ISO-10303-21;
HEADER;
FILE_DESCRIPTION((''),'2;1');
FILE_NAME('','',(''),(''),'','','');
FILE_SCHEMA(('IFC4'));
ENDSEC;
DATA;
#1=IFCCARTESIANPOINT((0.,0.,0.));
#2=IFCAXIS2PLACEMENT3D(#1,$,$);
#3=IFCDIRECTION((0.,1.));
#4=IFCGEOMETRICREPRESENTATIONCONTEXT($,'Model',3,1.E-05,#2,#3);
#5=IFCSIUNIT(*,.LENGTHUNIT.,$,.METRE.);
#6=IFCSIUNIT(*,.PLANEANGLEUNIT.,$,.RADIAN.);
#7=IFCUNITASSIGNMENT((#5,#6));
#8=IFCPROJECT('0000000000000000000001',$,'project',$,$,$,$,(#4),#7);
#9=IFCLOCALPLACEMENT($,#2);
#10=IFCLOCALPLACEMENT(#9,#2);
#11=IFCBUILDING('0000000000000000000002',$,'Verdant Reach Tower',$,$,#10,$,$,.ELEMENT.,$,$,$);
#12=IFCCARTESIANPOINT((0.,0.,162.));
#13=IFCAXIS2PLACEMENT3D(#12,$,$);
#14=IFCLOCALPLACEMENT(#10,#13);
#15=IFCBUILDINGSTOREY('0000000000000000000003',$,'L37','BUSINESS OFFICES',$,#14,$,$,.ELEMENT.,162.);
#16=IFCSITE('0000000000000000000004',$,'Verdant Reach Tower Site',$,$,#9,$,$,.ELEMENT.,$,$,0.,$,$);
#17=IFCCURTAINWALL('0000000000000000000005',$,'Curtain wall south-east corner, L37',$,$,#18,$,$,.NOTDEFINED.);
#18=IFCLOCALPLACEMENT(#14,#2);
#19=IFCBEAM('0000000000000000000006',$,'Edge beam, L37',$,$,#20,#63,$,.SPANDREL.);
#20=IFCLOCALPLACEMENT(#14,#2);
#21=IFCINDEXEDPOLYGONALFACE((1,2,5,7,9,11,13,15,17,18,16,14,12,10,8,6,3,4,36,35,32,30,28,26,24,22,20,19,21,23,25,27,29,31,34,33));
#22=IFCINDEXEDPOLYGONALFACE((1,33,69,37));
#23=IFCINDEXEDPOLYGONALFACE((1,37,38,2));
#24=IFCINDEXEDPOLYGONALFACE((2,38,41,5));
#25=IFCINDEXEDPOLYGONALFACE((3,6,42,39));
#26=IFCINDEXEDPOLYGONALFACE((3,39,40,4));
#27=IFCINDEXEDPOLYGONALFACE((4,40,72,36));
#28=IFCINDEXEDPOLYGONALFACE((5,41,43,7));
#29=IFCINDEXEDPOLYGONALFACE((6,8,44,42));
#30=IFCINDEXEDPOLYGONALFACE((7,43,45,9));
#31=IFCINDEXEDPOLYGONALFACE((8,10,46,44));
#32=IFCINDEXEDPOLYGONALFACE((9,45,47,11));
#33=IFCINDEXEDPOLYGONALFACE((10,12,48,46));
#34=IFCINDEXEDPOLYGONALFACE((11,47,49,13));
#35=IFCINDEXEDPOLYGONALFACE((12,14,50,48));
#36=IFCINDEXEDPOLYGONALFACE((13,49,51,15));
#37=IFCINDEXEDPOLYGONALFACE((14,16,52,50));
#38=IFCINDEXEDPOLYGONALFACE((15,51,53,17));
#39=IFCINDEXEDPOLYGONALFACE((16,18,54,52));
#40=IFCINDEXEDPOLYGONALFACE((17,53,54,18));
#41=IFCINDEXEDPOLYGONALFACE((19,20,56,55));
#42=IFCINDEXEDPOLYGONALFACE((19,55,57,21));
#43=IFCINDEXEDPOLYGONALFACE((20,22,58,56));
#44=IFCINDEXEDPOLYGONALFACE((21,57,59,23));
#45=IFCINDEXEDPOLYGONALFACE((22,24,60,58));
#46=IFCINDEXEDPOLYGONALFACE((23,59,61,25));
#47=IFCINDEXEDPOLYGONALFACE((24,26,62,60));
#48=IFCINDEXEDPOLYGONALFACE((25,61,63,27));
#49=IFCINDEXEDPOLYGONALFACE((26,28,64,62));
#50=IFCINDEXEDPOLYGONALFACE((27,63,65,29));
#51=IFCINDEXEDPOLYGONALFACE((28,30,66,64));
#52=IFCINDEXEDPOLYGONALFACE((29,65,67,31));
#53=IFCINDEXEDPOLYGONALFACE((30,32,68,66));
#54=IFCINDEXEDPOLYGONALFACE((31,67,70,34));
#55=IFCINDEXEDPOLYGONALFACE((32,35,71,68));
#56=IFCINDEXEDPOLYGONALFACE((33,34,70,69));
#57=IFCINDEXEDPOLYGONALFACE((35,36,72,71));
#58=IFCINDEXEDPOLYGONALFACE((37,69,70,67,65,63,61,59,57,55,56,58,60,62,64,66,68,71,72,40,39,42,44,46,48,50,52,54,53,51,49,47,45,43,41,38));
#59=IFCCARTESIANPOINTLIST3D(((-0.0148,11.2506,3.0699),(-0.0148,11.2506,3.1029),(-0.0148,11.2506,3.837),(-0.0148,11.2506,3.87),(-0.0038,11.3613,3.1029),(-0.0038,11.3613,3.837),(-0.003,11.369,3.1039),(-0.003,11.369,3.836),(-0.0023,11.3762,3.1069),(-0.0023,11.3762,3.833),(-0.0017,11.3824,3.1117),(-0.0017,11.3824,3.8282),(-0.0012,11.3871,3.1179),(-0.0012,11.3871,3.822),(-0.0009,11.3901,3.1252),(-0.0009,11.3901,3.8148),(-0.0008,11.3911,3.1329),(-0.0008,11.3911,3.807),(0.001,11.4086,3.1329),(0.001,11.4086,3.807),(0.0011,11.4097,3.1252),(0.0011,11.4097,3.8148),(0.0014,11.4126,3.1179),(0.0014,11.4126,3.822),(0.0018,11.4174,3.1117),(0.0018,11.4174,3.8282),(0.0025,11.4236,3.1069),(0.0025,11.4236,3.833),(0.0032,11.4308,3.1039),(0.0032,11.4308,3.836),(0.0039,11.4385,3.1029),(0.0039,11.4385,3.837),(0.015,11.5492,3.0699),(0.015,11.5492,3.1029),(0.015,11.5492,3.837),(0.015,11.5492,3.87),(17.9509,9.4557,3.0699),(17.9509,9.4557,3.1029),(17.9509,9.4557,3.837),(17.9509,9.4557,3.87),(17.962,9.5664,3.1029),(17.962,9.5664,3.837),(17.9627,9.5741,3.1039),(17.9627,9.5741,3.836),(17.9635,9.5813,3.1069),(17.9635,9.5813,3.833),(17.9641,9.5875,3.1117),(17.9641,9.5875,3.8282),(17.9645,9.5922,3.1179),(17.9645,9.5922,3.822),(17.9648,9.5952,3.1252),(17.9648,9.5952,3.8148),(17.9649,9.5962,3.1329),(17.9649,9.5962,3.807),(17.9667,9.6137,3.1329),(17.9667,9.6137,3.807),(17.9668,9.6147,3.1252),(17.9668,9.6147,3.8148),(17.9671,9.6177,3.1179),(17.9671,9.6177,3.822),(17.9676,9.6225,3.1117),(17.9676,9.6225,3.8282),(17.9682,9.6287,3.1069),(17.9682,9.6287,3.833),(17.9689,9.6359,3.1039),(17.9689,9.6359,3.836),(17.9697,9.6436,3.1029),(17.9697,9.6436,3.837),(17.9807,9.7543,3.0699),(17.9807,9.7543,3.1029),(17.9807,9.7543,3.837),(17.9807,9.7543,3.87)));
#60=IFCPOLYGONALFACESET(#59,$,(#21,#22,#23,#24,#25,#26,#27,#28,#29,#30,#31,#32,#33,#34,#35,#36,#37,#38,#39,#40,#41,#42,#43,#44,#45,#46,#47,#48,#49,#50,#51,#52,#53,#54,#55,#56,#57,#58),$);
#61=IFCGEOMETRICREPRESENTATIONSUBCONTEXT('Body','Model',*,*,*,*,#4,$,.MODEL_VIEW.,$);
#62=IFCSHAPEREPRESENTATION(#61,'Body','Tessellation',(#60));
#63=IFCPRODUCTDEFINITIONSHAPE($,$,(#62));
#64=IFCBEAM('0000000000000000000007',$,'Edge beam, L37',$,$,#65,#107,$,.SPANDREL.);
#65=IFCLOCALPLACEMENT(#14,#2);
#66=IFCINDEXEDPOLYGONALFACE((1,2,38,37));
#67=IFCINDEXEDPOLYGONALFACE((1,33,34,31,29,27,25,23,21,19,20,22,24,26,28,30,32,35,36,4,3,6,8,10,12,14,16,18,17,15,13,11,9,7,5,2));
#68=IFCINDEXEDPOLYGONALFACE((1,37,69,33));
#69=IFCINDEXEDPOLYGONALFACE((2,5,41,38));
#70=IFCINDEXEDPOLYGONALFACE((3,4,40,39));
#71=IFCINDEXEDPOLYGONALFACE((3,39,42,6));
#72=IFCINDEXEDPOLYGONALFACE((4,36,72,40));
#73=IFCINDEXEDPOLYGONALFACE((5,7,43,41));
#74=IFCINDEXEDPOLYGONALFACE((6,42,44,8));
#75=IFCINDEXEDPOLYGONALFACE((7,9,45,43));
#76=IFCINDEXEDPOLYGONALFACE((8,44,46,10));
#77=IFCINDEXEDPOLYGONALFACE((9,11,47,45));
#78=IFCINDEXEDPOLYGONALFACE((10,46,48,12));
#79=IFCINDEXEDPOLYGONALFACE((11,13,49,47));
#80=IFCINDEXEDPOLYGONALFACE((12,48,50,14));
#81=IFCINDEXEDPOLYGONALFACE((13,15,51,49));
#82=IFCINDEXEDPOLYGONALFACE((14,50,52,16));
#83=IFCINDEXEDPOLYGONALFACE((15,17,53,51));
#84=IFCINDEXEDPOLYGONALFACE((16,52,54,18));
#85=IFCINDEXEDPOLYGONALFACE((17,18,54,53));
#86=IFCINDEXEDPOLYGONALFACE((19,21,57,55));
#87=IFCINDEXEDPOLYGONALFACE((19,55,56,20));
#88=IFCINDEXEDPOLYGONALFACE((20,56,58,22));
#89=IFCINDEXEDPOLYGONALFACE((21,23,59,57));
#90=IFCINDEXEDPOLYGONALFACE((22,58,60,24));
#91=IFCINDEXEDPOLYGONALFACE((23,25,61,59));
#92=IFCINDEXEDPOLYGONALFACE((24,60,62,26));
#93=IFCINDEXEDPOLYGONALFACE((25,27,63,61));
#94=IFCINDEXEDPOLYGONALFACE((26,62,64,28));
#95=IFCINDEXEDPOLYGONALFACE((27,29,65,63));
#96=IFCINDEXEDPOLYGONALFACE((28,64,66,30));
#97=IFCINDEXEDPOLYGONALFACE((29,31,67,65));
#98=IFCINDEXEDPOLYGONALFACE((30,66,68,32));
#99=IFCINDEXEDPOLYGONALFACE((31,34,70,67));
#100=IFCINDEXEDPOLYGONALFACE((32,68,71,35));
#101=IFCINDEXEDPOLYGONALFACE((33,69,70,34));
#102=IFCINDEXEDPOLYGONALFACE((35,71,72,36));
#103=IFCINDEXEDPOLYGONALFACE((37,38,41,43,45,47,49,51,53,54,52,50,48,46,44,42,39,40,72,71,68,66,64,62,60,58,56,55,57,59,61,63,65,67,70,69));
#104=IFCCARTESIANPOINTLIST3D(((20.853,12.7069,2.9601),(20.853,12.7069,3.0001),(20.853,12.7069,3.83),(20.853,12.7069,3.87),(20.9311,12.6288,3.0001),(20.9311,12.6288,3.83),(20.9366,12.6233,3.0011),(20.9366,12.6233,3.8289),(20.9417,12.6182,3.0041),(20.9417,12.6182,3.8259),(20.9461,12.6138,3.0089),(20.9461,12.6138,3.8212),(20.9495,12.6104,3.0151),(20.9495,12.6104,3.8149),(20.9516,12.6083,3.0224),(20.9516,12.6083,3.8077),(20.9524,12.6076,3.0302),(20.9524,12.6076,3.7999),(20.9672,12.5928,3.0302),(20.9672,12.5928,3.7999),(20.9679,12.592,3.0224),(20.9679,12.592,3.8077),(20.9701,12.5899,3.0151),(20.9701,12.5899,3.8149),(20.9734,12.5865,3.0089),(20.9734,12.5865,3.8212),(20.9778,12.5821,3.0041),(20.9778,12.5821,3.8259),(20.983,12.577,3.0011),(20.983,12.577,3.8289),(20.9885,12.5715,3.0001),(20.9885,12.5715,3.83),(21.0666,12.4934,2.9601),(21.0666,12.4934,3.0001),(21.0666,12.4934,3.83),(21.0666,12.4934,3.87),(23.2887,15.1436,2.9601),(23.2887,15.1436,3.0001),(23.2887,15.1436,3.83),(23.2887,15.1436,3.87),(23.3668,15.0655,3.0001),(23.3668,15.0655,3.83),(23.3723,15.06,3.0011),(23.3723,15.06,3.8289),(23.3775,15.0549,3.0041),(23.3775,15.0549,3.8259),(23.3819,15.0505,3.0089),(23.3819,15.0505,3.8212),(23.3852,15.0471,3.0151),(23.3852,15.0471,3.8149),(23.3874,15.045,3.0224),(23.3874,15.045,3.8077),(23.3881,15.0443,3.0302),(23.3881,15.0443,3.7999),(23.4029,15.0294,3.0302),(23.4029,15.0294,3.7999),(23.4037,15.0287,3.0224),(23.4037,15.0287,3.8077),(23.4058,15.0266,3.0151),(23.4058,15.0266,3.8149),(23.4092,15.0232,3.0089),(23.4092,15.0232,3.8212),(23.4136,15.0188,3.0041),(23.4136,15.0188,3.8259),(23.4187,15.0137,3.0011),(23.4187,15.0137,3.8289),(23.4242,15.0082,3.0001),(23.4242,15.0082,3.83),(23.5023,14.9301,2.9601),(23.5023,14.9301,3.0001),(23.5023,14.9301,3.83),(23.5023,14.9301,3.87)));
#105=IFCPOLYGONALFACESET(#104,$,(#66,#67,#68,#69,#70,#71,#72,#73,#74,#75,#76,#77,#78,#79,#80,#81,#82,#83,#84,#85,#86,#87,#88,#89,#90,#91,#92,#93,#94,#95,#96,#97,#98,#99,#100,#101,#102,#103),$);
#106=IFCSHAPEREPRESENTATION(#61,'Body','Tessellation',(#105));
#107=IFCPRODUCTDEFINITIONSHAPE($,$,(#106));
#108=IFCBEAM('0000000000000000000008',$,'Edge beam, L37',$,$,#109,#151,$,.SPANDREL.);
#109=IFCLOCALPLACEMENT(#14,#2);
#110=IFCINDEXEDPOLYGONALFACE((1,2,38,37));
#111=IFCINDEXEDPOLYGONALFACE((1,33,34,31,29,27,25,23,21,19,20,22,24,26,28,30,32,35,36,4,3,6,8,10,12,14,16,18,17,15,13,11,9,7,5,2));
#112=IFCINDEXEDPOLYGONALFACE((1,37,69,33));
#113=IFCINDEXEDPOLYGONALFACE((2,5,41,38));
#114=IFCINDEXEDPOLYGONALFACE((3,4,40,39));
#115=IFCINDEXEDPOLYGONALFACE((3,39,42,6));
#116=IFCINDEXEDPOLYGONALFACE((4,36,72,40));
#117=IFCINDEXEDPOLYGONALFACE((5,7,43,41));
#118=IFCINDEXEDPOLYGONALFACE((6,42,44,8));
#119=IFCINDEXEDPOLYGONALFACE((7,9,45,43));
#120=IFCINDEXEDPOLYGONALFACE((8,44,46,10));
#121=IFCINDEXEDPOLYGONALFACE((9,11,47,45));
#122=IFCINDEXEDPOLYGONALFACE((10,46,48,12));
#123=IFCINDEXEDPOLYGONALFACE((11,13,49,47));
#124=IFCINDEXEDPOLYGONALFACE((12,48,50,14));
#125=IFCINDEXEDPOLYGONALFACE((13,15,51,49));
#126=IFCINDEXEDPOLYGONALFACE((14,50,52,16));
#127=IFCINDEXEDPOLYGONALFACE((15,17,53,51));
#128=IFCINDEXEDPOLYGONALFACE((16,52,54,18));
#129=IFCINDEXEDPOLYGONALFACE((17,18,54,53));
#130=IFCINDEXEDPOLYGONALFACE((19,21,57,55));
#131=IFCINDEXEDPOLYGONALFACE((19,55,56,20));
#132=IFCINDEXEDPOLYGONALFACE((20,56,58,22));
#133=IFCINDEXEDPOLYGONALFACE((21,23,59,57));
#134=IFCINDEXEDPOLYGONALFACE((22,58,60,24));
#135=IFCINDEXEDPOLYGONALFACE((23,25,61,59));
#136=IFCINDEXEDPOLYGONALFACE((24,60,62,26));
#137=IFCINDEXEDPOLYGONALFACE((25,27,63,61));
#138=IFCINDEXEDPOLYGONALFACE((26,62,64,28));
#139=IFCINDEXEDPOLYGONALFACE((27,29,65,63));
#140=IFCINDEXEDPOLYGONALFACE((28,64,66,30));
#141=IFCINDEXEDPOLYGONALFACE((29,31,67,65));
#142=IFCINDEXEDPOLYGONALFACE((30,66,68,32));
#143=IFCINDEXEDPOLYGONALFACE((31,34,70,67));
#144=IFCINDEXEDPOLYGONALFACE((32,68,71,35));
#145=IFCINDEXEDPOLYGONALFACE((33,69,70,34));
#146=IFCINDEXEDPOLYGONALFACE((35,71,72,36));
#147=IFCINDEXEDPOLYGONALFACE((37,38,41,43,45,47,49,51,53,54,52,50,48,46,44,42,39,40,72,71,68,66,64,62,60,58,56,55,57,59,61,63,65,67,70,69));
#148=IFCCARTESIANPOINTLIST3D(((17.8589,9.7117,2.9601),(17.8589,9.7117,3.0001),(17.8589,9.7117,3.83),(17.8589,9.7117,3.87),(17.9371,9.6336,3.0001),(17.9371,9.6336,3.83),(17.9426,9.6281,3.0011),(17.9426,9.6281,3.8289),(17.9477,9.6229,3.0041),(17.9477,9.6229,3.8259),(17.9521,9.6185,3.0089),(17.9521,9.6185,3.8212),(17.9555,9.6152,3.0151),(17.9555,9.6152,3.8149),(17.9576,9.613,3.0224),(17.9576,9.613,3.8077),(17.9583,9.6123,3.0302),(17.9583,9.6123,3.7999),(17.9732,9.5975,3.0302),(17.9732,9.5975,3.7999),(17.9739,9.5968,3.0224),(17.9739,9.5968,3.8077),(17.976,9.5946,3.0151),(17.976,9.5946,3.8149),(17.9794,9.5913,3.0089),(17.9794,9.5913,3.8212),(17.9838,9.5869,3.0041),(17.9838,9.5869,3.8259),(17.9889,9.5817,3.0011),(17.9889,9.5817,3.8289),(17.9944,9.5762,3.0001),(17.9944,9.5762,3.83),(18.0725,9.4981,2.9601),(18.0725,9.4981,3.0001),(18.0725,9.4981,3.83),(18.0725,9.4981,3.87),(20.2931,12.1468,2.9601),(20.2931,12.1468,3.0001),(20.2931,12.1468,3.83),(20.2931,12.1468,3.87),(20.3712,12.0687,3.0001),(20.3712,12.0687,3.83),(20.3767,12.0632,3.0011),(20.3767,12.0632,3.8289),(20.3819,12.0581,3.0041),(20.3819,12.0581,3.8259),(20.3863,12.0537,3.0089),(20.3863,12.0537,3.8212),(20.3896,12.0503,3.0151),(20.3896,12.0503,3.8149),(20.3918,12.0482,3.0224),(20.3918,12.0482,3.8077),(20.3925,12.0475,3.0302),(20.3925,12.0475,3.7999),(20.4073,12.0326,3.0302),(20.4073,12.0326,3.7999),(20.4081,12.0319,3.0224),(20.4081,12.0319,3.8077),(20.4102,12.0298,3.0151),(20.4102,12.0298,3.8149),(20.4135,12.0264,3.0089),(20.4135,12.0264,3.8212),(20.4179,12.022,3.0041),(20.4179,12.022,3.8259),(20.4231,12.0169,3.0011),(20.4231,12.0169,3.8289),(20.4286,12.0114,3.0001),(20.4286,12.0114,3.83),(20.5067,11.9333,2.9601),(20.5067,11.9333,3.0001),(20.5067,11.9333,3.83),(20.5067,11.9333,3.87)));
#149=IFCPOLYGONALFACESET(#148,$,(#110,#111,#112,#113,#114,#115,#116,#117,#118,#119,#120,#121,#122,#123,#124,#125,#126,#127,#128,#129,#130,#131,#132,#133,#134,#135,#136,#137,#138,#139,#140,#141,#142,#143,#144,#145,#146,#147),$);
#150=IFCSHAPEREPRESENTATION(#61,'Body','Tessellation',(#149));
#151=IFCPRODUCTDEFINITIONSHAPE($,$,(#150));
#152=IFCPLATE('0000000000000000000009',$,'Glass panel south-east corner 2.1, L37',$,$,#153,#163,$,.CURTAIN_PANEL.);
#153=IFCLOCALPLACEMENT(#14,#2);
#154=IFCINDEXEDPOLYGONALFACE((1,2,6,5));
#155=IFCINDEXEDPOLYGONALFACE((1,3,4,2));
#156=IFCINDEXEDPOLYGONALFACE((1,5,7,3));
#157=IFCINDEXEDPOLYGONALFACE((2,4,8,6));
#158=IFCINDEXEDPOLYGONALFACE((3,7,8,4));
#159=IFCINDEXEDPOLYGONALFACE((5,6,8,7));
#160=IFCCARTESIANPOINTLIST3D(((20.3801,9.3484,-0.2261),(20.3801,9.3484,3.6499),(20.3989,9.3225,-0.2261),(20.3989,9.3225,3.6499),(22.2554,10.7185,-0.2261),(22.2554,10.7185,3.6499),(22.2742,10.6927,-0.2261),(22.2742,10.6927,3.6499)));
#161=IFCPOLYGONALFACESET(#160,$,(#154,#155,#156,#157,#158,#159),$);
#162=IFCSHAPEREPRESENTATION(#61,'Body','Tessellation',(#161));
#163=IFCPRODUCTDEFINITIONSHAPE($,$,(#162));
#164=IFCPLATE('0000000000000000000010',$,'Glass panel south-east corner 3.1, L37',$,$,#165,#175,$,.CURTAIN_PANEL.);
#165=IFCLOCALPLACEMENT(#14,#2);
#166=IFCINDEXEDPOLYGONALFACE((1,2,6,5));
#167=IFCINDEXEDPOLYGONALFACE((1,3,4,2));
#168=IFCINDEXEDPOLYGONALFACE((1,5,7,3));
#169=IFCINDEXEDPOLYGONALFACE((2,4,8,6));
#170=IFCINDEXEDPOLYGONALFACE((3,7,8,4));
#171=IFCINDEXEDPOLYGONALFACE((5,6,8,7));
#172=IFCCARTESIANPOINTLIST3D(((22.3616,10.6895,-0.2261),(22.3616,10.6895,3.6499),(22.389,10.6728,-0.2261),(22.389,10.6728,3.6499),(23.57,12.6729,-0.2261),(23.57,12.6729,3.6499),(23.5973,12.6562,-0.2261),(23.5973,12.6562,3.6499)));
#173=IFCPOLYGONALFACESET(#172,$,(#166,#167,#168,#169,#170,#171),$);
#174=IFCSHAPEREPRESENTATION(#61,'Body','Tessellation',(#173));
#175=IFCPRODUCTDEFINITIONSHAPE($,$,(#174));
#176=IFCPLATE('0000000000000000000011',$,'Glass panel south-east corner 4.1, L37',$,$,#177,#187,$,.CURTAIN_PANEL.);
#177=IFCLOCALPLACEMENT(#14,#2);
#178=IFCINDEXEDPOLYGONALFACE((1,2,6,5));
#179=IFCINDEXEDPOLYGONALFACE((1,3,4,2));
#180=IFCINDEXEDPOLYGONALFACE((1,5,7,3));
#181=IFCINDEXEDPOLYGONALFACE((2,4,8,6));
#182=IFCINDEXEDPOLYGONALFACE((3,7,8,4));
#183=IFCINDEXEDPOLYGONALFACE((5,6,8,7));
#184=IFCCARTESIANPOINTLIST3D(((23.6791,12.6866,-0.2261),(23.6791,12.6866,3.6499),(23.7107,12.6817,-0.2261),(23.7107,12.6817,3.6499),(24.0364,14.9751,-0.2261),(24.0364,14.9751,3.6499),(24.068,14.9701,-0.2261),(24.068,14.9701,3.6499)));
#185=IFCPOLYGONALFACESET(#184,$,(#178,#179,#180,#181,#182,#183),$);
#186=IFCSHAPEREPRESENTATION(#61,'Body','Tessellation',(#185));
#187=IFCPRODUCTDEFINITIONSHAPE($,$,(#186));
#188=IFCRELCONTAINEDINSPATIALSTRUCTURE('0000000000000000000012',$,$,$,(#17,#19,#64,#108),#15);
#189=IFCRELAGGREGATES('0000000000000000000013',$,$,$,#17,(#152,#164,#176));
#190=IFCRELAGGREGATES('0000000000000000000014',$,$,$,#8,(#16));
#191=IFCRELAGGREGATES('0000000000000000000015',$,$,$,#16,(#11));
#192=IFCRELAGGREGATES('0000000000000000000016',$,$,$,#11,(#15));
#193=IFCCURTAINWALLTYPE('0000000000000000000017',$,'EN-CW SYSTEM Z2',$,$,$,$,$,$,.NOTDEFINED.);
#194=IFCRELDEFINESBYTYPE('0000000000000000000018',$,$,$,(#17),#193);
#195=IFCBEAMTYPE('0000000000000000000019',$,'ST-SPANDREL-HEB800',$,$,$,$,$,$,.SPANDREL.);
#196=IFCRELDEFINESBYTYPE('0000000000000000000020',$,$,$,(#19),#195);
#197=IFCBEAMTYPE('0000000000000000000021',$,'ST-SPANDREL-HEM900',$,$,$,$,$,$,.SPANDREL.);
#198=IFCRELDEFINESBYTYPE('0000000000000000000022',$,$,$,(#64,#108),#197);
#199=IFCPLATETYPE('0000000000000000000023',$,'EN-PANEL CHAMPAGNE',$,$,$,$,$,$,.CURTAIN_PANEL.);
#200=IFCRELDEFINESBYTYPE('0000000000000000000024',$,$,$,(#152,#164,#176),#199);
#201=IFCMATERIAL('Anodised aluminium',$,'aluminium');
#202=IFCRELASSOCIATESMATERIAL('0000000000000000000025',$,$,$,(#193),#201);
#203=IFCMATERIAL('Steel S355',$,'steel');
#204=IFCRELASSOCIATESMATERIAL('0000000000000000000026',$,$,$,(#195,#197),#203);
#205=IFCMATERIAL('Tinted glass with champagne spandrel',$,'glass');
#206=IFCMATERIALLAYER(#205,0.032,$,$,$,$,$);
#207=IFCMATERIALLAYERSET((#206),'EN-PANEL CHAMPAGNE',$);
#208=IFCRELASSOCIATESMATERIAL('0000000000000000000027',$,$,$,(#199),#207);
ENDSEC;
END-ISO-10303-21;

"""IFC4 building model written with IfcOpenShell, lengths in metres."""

from ifc_helpers import new_model, si_unit, direction, frame, origin, origin_2d, place, context, subcontext, project, spatial, rectangle, i_section, extrude, material, layer, layer_set, material_profile, profile_set, type_object, element, aggregate, save


model = new_model("IFC4")

# Units and contexts
model_context = context("Model", 3, precision=1e-05, world=origin(), true_north=direction((0.0, 1.0)))
body_context = subcontext(model_context, "Body", "Model", "MODEL_VIEW")
ifc_project = project(units=[si_unit("LENGTHUNIT", "METRE"), si_unit("PLANEANGLEUNIT", "RADIAN")], contexts=[model_context])

# Site, building, storey
site_placement = place(None, origin())
site = spatial("IfcSite", under=ifc_project, at=site_placement, Name="Verdant Reach Tower Site", CompositionType="ELEMENT", RefElevation=0.0)
building_placement = place(site_placement, origin())
building = spatial("IfcBuilding", under=site, at=building_placement, Name="Verdant Reach Tower", CompositionType="ELEMENT")
storey_placement = place(building_placement, frame((0.0, 0.0, 162.0)))
storey = spatial("IfcBuildingStorey", under=building, at=storey_placement, Name="L37", Description="BUSINESS OFFICES", CompositionType="ELEMENT", Elevation=162.0)

# Curtain wall
ifc_material_1 = material(Name="Anodised aluminium", Category="aluminium")
curtain_wall_type = type_object("IfcCurtainWallType", Name="EN-CW SYSTEM Z2", PredefinedType="NOTDEFINED", material=ifc_material_1)
curtain_wall_1_placement = place(storey_placement, origin())
curtain_wall_1 = element("IfcCurtainWall", 1, at=curtain_wall_1_placement, inside=storey, type_object=curtain_wall_type, Name="Curtain wall south-east corner, L37", PredefinedType="NOTDEFINED")

# Beams
ifc_material_2 = material(Name="Steel S355", Category="steel")
ifc_material_profile_1 = material_profile(ifc_material_2, i_section(OverallWidth=0.3, OverallDepth=0.8, WebThickness=0.0176, FlangeThickness=0.033, FilletRadius=0.03, at=origin_2d()), Name="HEB 800")
ifc_profile_set_1 = profile_set([ifc_material_profile_1], Name="Steel S355")
beam_type_1 = type_object("IfcBeamType", Name="ST-SPANDREL-HEB800", PredefinedType="SPANDREL", material=ifc_profile_set_1)
beam_1_placement = place(storey_placement, frame((17.9658, 9.605, 3.47), z_axis=(-0.995046, 0.099413, 0.0), x_axis=(-0.099413, -0.995046, 0.0)))
element("IfcBeam", 2, at=beam_1_placement, inside=storey, type_object=beam_type_1, Name="Edge beam, L37", PredefinedType="SPANDREL", context=body_context, shape_type="SweptSolid", body=[
    extrude(i_section(OverallWidth=0.3, OverallDepth=0.8, WebThickness=0.0176, FlangeThickness=0.033, FilletRadius=0.03, at=origin_2d()), origin(), (0.0, 0.0, 1.0), 18.0552),
])
ifc_material_profile_2 = material_profile(ifc_material_2, i_section(OverallWidth=0.302, OverallDepth=0.9099, WebThickness=0.021, FlangeThickness=0.04, FilletRadius=0.03, at=origin_2d()), Name="HEM 900")
ifc_profile_set_2 = profile_set([ifc_material_profile_2], Name="Steel S355")
beam_type_2 = type_object("IfcBeamType", Name="ST-SPANDREL-HEM900", PredefinedType="SPANDREL", material=ifc_profile_set_2)
beam_2_placement = place(storey_placement, frame((23.3955, 15.0369, 3.415), z_axis=(-0.706965, -0.707248, 0.0), x_axis=(0.707248, -0.706965, 0.0)))
element("IfcBeam", 3, at=beam_2_placement, inside=storey, type_object=beam_type_2, Name="Edge beam, L37", PredefinedType="SPANDREL", context=body_context, shape_type="SweptSolid", body=[
    extrude(i_section(OverallWidth=0.302, OverallDepth=0.9099, WebThickness=0.021, FlangeThickness=0.04, FilletRadius=0.03, at=origin_2d()), origin(), (0.0, 0.0, 1.0), 3.4453),
])
beam_3_placement = place(storey_placement, frame((20.3999, 12.04, 3.415), z_axis=(-0.706965, -0.707249, 0.0), x_axis=(0.707249, -0.706965, 0.0)))
element("IfcBeam", 4, at=beam_3_placement, inside=storey, type_object=beam_type_2, Name="Edge beam, L37", PredefinedType="SPANDREL", context=body_context, shape_type="SweptSolid", body=[
    extrude(i_section(OverallWidth=0.302, OverallDepth=0.9099, WebThickness=0.021, FlangeThickness=0.04, FilletRadius=0.03, at=origin_2d()), origin(), (0.0, 0.0, 1.0), 3.4431),
])

# Plates
ifc_material_3 = material(Name="Tinted glass with champagne spandrel", Category="glass")
ifc_layer_1 = layer(ifc_material_3, 0.032)
ifc_layer_set_1 = layer_set([ifc_layer_1], Name="EN-PANEL CHAMPAGNE")
plate_type_1 = type_object("IfcPlateType", Name="EN-PANEL CHAMPAGNE", PredefinedType="CURTAIN_PANEL", material=ifc_layer_set_1)
plate_1_placement = place(storey_placement, frame((21.3271, 10.0205, -0.2261), z_axis=(0.0, 0.0, 1.0), x_axis=(0.807457, 0.589927, 0.0)))
plate_1 = element("IfcPlate", 5, at=plate_1_placement, type_object=plate_type_1, Name="Glass panel south-east corner 2.1, L37", PredefinedType="CURTAIN_PANEL", context=body_context, shape_type="SweptSolid", body=[
    extrude(rectangle(XDim=2.3225, YDim=0.032, at=origin_2d()), origin(), (0.0, 0.0, 1.0), 3.876),
])
plate_2_placement = place(storey_placement, frame((22.9795, 11.6729, -0.2261), z_axis=(0.0, 0.0, 1.0), x_axis=(0.520292, 0.853989, 0.0)))
plate_2 = element("IfcPlate", 6, at=plate_2_placement, type_object=plate_type_1, Name="Glass panel south-east corner 3.1, L37", PredefinedType="CURTAIN_PANEL", context=body_context, shape_type="SweptSolid", body=[
    extrude(rectangle(XDim=2.3225, YDim=0.032, at=origin_2d()), origin(), (0.0, 0.0, 1.0), 3.876),
])
plate_3_placement = place(storey_placement, frame((23.8735, 13.8284, -0.2261), z_axis=(0.0, 0.0, 1.0), x_axis=(0.154281, 0.988027, 0.0)))
plate_3 = element("IfcPlate", 7, at=plate_3_placement, type_object=plate_type_1, Name="Glass panel south-east corner 4.1, L37", PredefinedType="CURTAIN_PANEL", context=body_context, shape_type="SweptSolid", body=[
    extrude(rectangle(XDim=2.3162, YDim=0.032, at=origin_2d()), origin(), (0.0, 0.0, 1.0), 3.876),
])
aggregate(curtain_wall_1, [plate_1, plate_2, plate_3])

save(model, "model.ifc")
